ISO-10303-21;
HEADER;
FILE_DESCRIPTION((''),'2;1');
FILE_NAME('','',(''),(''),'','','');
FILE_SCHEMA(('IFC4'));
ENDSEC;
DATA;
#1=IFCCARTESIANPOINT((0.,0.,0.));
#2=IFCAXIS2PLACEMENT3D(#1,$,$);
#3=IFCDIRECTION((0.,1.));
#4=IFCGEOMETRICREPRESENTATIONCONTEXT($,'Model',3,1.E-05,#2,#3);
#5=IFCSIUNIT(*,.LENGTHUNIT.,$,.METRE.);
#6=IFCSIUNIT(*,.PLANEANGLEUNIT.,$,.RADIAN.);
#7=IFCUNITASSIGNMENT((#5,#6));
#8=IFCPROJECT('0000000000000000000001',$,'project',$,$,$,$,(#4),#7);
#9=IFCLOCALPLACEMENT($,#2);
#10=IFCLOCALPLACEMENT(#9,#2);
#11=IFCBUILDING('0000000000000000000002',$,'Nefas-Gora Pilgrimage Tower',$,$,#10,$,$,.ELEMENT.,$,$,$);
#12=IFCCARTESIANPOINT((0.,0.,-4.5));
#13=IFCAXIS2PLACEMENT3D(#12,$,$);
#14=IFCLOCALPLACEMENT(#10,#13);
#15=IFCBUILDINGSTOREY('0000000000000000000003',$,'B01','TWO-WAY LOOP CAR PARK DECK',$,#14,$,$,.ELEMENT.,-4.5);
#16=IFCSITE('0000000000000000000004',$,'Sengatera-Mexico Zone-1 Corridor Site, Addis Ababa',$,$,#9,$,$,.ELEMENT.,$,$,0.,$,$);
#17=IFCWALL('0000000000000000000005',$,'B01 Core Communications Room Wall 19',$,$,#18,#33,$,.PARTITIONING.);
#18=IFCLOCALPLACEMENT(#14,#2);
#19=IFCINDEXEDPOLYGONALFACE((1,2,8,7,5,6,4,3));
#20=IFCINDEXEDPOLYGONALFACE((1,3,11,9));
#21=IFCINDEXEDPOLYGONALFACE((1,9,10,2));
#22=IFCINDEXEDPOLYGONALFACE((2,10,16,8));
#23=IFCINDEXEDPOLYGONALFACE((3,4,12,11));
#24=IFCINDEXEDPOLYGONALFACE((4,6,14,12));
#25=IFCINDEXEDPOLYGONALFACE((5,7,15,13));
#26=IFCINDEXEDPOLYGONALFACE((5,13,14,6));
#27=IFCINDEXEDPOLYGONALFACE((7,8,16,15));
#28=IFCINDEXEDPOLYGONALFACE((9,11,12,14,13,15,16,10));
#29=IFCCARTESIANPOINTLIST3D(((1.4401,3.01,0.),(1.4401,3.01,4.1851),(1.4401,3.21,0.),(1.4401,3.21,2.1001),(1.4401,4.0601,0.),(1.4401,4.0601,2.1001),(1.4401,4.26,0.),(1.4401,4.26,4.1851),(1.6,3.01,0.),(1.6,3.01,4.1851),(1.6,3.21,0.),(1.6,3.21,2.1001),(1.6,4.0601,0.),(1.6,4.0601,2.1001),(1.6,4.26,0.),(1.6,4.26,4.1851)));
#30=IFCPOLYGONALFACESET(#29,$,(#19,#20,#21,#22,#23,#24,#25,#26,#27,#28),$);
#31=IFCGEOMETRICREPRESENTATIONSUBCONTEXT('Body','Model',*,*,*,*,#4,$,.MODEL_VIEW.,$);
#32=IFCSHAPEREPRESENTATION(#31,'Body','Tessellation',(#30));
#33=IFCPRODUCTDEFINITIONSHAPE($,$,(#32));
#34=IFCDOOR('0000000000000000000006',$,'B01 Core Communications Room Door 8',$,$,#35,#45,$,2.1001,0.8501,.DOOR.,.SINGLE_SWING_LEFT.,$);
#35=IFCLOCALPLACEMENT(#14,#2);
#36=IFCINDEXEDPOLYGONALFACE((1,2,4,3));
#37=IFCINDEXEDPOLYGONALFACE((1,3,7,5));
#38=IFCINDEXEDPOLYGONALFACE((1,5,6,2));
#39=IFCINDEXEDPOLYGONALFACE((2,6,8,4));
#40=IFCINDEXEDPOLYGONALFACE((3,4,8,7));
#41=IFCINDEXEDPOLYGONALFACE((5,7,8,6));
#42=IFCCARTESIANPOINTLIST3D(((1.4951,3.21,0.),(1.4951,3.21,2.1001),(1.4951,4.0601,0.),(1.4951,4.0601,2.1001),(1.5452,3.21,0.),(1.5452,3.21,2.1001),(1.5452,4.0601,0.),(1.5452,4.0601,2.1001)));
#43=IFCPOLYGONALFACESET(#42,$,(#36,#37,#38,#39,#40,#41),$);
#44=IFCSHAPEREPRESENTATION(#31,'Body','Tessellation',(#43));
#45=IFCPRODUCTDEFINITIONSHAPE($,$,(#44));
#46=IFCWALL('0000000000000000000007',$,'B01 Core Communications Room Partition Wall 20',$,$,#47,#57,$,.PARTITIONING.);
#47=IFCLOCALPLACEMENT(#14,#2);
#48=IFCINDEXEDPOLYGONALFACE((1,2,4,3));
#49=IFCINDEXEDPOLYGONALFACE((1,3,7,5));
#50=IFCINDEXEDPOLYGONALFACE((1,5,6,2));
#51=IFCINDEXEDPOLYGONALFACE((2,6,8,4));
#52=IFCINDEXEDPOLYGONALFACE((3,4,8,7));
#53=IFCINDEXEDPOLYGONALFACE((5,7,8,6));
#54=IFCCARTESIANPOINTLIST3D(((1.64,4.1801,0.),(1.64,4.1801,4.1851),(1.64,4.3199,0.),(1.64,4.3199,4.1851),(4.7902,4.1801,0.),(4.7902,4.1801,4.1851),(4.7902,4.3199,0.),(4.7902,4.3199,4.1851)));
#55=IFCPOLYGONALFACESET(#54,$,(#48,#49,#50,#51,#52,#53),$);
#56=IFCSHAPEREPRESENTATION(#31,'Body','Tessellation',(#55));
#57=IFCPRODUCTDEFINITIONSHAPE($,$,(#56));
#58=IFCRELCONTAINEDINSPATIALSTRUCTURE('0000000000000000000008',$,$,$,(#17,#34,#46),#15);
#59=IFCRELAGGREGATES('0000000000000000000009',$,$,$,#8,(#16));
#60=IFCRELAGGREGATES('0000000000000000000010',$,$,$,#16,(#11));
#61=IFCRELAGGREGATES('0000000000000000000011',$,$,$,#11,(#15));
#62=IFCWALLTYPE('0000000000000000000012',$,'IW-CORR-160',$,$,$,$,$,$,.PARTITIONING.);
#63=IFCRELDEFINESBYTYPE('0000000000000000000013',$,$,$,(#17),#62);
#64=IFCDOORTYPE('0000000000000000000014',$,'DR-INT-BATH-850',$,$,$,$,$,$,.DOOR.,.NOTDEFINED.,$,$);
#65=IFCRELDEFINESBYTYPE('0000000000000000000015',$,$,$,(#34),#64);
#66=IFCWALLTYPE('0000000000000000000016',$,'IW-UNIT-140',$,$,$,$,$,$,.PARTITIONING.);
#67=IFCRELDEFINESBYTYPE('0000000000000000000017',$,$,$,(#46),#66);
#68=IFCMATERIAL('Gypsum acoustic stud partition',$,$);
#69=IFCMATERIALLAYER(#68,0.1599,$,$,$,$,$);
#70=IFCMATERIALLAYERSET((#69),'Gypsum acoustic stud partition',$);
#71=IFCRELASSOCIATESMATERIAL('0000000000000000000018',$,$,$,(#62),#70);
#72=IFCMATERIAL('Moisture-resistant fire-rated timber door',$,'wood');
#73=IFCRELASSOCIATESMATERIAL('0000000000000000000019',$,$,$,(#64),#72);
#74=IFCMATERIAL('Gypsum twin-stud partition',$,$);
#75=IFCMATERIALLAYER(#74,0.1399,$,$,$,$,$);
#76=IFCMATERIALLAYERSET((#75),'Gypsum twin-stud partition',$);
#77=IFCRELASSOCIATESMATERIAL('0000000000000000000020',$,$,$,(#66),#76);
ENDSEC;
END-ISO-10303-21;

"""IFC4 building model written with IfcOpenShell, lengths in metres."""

from ifc_helpers import new_model, si_unit, direction, frame, frame_2d, origin, place, context, subcontext, project, spatial, rectangle, extrude, source, transform, mapped, material, layer, layer_set, type_object, element, fill, save


model = new_model("IFC4")

# Units and contexts
model_context = context("Model", 3, precision=1e-05, world=origin(), true_north=direction((0.0, 1.0)))
body_context = subcontext(model_context, "Body", "Model", "MODEL_VIEW")
ifc_project = project(units=[si_unit("LENGTHUNIT", "METRE"), si_unit("PLANEANGLEUNIT", "RADIAN")], contexts=[model_context])

# Site, building, storey
site_placement = place(None, origin())
site = spatial("IfcSite", under=ifc_project, at=site_placement, Name="Sengatera-Mexico Zone-1 Corridor Site, Addis Ababa", CompositionType="ELEMENT", RefElevation=0.0)
building_placement = place(site_placement, origin())
building = spatial("IfcBuilding", under=site, at=building_placement, Name="Nefas-Gora Pilgrimage Tower", CompositionType="ELEMENT")
storey_placement = place(building_placement, frame((0.0, 0.0, -4.5)))
storey = spatial("IfcBuildingStorey", under=building, at=storey_placement, Name="B01", Description="TWO-WAY LOOP CAR PARK DECK", CompositionType="ELEMENT", Elevation=-4.5)

# Shared definitions
ifc_material_1 = material(Name="Gypsum acoustic stud partition")
ifc_layer_1 = layer(ifc_material_1, 0.1599)
ifc_layer_set_1 = layer_set([ifc_layer_1], Name="Gypsum acoustic stud partition")
wall_type_1 = type_object("IfcWallType", Name="IW-CORR-160", PredefinedType="PARTITIONING", material=ifc_layer_set_1)

# Wall, opening, door
shared_shape_1 = source(origin(), body_context, "Body", "SweptSolid", [
    extrude(rectangle(XDim=1.25, YDim=0.1599, at=frame_2d((0.625, 0.0))), origin(), (0.0, 0.0, 1.0), 4.1851),
])
wall_1_placement = place(storey_placement, frame((1.52, 3.01, 0.0), z_axis=(0.0, 0.0, 1.0), x_axis=(0.0, 1.0, 0.0)))
wall_1 = element("IfcWall", 1, at=wall_1_placement, inside=storey, type_object=wall_type_1, Name="B01 Core Communications Room Wall 19", PredefinedType="PARTITIONING", context=body_context, shape_type="MappedRepresentation", body=[
    mapped(shared_shape_1, transform((0.0, 0.0, 0.0), x_axis=(1.0, 0.0, 0.0), y_axis=(0.0, 1.0, 0.0), z_axis=(0.0, 0.0, 1.0), scale=1.0)),
])
opening_1_placement = place(wall_1_placement, frame((0.2, 0.0, 0.0)))
opening_1 = element("IfcOpeningElement", 2, at=opening_1_placement, cuts=wall_1, PredefinedType="OPENING", context=body_context, shape_type="SweptSolid", body=[
    extrude(rectangle(XDim=0.8501, YDim=2.1001, at=frame_2d((0.425, 1.05))), frame((0.0, 0.0898, 0.0), z_axis=(0.0, -1.0, 0.0), x_axis=(1.0, 0.0, 0.0)), (0.0, 0.0, 1.0), 0.1799),
])
ifc_material_2 = material(Name="Moisture-resistant fire-rated timber door", Category="wood")
door_type_1 = type_object("IfcDoorType", Name="DR-INT-BATH-850", OperationType="NOTDEFINED", PredefinedType="DOOR", material=ifc_material_2)
shared_shape_2 = source(origin(), body_context, "Body", "SweptSolid", [
    extrude(rectangle(XDim=0.8501, YDim=2.1001, at=frame_2d((0.425, 1.05))), frame((0.0, 0.0249, 0.0), z_axis=(0.0, -1.0, 0.0), x_axis=(1.0, 0.0, 0.0)), (0.0, 0.0, 1.0), 0.05),
])
door_1_placement = place(opening_1_placement, origin())
door_1 = element("IfcDoor", 3, at=door_1_placement, inside=storey, type_object=door_type_1, Name="B01 Core Communications Room Door 8", OperationType="SINGLE_SWING_LEFT", OverallHeight=2.1001, OverallWidth=0.8501, PredefinedType="DOOR", context=body_context, shape_type="MappedRepresentation", body=[
    mapped(shared_shape_2, transform((0.0, 0.0, 0.0), x_axis=(1.0, 0.0, 0.0), y_axis=(0.0, 1.0, 0.0), z_axis=(0.0, 0.0, 1.0), scale=1.0)),
])
fill(opening_1, door_1)

# Wall
ifc_material_3 = material(Name="Gypsum twin-stud partition")
ifc_layer_2 = layer(ifc_material_3, 0.1399)
ifc_layer_set_2 = layer_set([ifc_layer_2], Name="Gypsum twin-stud partition")
wall_type_2 = type_object("IfcWallType", Name="IW-UNIT-140", PredefinedType="PARTITIONING", material=ifc_layer_set_2)
shared_shape_3 = source(origin(), body_context, "Body", "SweptSolid", [
    extrude(rectangle(XDim=3.1501, YDim=0.1399, at=frame_2d((1.5752, 0.0))), origin(), (0.0, 0.0, 1.0), 4.1851),
])
wall_2_placement = place(storey_placement, frame((1.6399, 4.25, 0.0), z_axis=(0.0, 0.0, 1.0), x_axis=(1.0, 0.0, 0.0)))
element("IfcWall", 4, at=wall_2_placement, inside=storey, type_object=wall_type_2, Name="B01 Core Communications Room Partition Wall 20", PredefinedType="PARTITIONING", context=body_context, shape_type="MappedRepresentation", body=[
    mapped(shared_shape_3, transform((0.0, 0.0, 0.0), x_axis=(1.0, 0.0, 0.0), y_axis=(0.0, 1.0, 0.0), z_axis=(0.0, 0.0, 1.0), scale=1.0)),
])

save(model, "model.ifc")
